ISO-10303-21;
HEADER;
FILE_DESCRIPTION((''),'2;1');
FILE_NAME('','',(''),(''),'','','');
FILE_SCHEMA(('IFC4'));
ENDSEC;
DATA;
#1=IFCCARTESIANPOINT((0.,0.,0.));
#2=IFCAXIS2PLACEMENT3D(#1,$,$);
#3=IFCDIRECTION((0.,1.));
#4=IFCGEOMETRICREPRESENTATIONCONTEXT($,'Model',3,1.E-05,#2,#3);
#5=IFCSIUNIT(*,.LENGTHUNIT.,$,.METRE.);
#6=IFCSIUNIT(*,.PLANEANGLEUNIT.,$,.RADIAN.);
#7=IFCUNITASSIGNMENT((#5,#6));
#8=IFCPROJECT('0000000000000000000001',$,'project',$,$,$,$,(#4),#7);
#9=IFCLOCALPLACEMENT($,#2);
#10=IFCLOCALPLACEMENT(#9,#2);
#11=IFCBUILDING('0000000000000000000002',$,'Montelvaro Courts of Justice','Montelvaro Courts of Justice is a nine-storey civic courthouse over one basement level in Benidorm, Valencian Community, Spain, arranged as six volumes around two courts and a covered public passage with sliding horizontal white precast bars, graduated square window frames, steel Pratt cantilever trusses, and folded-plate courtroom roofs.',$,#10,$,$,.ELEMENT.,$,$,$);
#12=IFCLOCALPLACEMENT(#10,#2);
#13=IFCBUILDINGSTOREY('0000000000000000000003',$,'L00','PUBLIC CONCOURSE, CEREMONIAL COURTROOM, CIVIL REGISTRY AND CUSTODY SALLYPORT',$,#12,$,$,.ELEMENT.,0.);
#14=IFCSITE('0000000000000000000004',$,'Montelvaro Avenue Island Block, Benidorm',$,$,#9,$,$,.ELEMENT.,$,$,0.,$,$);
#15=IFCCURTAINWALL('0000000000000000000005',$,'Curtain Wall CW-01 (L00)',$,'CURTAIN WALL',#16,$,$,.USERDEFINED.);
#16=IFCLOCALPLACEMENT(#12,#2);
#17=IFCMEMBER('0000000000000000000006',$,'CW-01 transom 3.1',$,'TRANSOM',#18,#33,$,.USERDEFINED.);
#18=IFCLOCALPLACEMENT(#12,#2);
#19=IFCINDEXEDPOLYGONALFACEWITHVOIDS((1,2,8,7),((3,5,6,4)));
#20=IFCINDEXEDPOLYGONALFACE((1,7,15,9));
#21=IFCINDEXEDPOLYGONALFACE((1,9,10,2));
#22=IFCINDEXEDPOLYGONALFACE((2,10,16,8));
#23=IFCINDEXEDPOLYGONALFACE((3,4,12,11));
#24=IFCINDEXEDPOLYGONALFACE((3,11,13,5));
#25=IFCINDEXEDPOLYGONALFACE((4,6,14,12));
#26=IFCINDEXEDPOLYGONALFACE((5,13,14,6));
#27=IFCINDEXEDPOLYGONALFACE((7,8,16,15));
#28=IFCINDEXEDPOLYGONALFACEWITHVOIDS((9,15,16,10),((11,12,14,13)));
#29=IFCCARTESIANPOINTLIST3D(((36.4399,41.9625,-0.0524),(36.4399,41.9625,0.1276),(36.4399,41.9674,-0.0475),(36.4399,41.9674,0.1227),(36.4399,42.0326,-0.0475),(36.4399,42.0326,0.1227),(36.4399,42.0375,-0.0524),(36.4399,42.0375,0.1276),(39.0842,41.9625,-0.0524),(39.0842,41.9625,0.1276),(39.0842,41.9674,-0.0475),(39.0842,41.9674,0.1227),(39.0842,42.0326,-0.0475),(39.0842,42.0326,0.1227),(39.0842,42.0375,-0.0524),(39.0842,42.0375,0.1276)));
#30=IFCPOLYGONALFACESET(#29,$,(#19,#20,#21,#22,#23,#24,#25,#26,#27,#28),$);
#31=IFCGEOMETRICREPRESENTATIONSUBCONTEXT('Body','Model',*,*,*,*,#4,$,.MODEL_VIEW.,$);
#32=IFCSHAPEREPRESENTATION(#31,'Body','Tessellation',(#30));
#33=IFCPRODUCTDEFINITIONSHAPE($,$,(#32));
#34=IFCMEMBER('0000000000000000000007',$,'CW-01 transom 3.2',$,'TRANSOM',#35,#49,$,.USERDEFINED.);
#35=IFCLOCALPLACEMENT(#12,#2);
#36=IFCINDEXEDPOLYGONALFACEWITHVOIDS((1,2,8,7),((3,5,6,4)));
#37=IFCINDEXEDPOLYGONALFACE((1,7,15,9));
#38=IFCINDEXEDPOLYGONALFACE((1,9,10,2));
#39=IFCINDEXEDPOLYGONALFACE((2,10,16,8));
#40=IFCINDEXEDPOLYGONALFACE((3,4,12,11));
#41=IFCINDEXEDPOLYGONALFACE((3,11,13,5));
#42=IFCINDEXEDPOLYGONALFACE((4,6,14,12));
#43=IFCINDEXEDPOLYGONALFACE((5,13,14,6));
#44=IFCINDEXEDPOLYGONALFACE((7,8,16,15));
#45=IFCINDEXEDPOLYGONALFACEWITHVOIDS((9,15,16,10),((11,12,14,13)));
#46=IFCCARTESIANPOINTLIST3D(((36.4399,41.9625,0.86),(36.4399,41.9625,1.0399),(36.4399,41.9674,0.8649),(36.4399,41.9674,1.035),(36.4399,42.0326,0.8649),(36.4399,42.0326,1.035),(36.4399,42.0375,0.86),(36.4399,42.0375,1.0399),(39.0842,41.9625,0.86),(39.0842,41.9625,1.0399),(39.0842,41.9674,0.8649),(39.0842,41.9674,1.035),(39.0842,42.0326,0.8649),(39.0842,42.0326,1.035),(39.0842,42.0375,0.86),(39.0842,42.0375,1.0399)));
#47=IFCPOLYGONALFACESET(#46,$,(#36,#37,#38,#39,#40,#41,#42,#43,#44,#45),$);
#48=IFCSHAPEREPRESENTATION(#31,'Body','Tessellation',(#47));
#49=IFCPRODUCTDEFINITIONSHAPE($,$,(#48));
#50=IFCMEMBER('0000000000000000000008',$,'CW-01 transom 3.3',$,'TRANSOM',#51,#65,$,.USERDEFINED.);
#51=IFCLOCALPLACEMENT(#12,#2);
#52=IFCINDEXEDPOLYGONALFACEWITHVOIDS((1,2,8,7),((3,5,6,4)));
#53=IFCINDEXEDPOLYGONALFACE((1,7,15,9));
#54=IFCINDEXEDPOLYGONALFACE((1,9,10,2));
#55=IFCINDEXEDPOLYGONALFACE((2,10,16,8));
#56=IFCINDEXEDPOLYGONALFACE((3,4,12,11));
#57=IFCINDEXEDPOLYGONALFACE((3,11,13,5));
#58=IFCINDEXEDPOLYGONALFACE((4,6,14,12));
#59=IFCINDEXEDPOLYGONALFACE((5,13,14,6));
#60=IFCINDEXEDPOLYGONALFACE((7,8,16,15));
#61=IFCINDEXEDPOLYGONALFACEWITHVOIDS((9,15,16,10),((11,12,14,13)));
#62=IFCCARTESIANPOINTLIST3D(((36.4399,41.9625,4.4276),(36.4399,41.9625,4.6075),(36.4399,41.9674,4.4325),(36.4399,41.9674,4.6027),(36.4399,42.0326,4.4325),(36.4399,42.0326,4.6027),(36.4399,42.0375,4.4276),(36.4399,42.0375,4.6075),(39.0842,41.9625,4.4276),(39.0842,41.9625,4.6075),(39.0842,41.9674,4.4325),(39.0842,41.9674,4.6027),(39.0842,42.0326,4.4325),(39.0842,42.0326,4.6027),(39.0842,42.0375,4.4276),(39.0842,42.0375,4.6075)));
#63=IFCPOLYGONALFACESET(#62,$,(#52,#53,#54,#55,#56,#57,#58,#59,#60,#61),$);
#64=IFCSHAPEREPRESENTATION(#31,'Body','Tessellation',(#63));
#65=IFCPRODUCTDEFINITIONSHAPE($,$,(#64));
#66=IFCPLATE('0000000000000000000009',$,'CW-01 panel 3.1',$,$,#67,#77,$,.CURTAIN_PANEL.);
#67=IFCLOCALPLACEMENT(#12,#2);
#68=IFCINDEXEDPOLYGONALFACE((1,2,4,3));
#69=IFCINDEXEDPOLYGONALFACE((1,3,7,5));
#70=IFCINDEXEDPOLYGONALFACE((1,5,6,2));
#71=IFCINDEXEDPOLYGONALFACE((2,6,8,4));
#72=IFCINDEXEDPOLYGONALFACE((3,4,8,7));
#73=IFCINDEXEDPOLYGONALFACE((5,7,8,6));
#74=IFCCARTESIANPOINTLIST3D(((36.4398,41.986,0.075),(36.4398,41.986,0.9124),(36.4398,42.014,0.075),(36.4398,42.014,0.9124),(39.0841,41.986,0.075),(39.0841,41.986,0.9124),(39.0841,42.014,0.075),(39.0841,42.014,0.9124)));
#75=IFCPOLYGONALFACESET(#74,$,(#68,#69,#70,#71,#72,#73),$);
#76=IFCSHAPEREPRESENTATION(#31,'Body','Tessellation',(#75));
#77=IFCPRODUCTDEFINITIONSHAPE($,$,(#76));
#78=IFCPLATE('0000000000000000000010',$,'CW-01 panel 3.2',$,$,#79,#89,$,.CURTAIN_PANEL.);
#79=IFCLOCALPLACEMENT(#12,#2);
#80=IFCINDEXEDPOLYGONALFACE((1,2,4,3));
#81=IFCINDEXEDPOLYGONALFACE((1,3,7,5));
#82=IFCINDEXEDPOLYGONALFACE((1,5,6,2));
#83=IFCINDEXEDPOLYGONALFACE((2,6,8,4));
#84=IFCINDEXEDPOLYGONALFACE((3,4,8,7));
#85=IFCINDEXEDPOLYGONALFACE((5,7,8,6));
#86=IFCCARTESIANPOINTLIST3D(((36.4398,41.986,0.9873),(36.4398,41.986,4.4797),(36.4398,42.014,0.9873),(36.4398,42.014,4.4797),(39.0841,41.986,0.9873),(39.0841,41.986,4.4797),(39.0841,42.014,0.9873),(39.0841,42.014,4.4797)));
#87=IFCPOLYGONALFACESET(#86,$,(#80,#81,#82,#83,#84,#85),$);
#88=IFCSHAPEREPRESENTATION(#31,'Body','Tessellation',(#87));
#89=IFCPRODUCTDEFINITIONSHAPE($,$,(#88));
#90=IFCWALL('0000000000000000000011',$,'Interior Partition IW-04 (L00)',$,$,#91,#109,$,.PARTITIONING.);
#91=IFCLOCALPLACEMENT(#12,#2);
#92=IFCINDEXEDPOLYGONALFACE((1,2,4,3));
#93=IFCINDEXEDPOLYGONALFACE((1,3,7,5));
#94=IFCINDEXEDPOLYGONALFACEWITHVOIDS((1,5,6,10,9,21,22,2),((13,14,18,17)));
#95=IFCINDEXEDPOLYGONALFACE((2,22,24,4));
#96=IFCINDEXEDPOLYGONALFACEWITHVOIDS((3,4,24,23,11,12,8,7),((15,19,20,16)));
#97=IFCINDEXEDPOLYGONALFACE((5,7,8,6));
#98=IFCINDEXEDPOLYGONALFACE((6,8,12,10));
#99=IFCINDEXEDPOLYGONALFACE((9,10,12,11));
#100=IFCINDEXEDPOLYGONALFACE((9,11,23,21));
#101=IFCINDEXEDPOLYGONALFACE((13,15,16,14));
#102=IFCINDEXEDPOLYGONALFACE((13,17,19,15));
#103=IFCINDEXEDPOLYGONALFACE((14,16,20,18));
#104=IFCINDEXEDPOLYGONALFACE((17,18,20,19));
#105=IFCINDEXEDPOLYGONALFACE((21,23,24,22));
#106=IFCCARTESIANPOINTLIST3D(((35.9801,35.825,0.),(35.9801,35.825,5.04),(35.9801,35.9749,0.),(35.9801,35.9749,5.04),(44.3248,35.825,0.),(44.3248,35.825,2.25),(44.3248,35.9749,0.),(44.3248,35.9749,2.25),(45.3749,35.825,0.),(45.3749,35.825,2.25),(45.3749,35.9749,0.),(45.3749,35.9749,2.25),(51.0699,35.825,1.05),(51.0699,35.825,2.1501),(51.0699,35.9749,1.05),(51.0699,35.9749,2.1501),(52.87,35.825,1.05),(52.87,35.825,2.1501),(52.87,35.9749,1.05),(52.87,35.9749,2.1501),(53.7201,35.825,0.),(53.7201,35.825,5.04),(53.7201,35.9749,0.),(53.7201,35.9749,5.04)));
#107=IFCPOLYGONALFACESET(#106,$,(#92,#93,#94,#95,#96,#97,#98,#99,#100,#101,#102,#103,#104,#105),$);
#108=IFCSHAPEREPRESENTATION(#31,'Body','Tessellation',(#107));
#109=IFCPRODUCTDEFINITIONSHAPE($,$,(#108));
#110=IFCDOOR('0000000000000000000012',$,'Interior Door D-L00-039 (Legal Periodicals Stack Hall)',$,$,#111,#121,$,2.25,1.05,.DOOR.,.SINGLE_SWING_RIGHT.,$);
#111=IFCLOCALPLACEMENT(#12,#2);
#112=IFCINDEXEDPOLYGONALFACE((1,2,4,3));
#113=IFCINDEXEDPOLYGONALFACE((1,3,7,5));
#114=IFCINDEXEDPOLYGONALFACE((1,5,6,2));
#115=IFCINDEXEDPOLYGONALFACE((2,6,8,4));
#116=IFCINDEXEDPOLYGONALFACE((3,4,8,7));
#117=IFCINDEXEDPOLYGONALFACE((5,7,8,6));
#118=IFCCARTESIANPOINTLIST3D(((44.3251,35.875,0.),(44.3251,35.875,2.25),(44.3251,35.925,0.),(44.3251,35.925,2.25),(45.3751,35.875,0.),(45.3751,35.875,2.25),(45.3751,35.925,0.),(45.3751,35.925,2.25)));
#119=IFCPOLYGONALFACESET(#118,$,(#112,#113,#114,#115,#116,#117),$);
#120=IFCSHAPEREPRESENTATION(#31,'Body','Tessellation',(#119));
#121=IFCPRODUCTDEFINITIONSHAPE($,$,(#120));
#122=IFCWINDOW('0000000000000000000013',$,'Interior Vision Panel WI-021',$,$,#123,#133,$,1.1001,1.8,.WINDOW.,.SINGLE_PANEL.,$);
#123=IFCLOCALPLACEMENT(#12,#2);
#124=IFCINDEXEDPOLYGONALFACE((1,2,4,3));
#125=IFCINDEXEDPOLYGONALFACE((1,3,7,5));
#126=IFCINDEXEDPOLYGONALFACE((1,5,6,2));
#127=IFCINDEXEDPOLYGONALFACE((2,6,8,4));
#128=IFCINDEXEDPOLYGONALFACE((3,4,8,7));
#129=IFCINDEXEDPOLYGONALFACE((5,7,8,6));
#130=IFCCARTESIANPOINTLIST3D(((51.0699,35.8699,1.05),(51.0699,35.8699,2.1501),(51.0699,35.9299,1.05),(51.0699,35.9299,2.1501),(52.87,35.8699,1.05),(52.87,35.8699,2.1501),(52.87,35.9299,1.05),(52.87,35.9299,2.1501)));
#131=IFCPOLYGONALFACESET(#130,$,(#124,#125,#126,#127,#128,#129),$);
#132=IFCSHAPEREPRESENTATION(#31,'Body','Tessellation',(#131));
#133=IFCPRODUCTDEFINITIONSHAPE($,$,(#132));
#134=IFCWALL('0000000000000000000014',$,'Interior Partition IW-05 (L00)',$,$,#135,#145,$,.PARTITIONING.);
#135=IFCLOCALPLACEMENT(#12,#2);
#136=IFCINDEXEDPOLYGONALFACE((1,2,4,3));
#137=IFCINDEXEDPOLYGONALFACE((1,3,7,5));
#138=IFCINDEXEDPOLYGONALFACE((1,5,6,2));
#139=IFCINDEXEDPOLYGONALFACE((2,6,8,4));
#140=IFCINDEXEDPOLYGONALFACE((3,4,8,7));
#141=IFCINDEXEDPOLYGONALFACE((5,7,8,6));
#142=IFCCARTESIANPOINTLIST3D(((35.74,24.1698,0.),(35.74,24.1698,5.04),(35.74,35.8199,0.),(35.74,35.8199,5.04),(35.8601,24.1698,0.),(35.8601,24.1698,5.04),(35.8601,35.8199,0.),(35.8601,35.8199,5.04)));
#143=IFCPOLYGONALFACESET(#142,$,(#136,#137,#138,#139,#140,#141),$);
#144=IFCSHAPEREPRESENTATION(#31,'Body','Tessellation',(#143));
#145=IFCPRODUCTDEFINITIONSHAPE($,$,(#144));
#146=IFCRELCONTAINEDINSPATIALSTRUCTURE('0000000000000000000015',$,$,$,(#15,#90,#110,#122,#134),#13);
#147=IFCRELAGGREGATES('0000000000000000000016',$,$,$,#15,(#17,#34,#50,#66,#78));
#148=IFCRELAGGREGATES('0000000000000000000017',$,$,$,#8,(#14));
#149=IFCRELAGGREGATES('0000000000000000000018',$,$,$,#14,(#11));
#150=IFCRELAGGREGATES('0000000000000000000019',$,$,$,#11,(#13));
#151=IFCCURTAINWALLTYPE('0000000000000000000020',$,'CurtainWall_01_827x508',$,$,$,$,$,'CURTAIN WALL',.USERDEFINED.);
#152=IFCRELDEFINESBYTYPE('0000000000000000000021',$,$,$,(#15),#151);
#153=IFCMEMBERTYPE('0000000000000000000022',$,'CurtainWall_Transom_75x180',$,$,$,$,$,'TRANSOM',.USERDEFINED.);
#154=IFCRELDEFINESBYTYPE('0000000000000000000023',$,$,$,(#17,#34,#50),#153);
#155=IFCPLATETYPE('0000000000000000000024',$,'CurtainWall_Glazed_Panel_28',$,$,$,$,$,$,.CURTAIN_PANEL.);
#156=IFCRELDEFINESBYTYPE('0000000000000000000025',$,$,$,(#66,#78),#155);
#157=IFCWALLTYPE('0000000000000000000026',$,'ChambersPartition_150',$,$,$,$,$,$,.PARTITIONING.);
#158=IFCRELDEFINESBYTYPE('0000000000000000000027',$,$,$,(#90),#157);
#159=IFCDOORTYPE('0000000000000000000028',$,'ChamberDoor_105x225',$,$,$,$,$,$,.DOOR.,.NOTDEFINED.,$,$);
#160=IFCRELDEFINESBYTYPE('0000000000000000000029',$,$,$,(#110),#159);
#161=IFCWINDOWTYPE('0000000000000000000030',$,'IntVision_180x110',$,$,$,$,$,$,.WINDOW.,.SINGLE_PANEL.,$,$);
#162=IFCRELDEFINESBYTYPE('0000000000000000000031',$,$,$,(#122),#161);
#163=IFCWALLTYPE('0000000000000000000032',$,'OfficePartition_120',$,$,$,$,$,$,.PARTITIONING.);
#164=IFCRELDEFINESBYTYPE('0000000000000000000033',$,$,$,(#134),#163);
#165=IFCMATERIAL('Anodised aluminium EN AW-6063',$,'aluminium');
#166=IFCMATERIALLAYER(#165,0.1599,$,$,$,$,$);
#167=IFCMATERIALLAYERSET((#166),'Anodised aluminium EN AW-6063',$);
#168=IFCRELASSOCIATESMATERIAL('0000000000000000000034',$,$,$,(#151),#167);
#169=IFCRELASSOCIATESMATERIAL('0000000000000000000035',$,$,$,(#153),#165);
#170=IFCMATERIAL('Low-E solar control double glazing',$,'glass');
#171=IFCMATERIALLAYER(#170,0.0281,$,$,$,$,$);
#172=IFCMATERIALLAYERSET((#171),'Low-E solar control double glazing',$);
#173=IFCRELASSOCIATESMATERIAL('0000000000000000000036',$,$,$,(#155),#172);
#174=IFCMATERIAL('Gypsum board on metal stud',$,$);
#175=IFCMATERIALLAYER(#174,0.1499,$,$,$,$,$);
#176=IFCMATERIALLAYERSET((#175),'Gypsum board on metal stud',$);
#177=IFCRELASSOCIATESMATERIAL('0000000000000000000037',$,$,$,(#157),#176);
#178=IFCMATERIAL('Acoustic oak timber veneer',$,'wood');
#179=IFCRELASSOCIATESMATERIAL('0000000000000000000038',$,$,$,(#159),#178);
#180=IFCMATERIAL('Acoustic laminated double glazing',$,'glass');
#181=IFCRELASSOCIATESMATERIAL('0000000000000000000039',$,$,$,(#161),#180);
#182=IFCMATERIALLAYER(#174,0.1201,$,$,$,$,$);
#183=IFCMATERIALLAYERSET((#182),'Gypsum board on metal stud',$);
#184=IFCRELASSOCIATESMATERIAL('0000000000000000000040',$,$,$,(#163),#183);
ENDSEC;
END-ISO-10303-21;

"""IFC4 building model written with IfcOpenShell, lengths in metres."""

from ifc_helpers import new_model, si_unit, direction, frame, frame_2d, origin, origin_2d, place, context, subcontext, project, spatial, rectangle, hollow_rectangle, extrude, material, layer, layer_set, material_profile, profile_set, type_object, element, fill, aggregate, save


model = new_model("IFC4")

# Units and contexts
model_context = context("Model", 3, precision=1e-05, world=origin(), true_north=direction((0.0, 1.0)))
body_context = subcontext(model_context, "Body", "Model", "MODEL_VIEW")
ifc_project = project(units=[si_unit("LENGTHUNIT", "METRE"), si_unit("PLANEANGLEUNIT", "RADIAN")], contexts=[model_context])

# Site, building, storey
site_placement = place(None, origin())
site = spatial("IfcSite", under=ifc_project, at=site_placement, Name="Montelvaro Avenue Island Block, Benidorm", CompositionType="ELEMENT", RefElevation=0.0)
building_placement = place(site_placement, origin())
building = spatial("IfcBuilding", under=site, at=building_placement, Name="Montelvaro Courts of Justice", Description="Montelvaro Courts of Justice is a nine-storey civic courthouse over one basement level in Benidorm, Valencian Community, Spain, arranged as six volumes around two courts and a covered public passage with sliding horizontal white precast bars, graduated square window frames, steel Pratt cantilever trusses, and folded-plate courtroom roofs.", CompositionType="ELEMENT")
storey_placement = place(building_placement, origin())
storey = spatial("IfcBuildingStorey", under=building, at=storey_placement, Name="L00", Description="PUBLIC CONCOURSE, CEREMONIAL COURTROOM, CIVIL REGISTRY AND CUSTODY SALLYPORT", CompositionType="ELEMENT", Elevation=0.0)

# Curtain wall, members, plates
ifc_material_1 = material(Name="Anodised aluminium EN AW-6063", Category="aluminium")
ifc_layer_1 = layer(ifc_material_1, 0.1599)
ifc_layer_set_1 = layer_set([ifc_layer_1], Name="Anodised aluminium EN AW-6063")
curtain_wall_type = type_object("IfcCurtainWallType", Name="CurtainWall_01_827x508", ElementType="CURTAIN WALL", PredefinedType="USERDEFINED", material=ifc_layer_set_1)
curtain_wall_placement = place(storey_placement, origin())
curtain_wall = element("IfcCurtainWall", 1, at=curtain_wall_placement, inside=storey, type_object=curtain_wall_type, Name="Curtain Wall CW-01 (L00)", ObjectType="CURTAIN WALL", PredefinedType="USERDEFINED")
ifc_material_profile_1 = material_profile(ifc_material_1, hollow_rectangle(XDim=0.075, YDim=0.1799, WallThickness=0.0049, at=origin_2d()), Name="ALU-T 75x180")
ifc_profile_set_1 = profile_set([ifc_material_profile_1], Name="Anodised aluminium EN AW-6063")
member_type_1 = type_object("IfcMemberType", Name="CurtainWall_Transom_75x180", ElementType="TRANSOM", PredefinedType="USERDEFINED", material=ifc_profile_set_1)
member_1_placement = place(storey_placement, frame((39.0842, 42.0, 0.0376), z_axis=(-1.0, 0.0, 0.0), x_axis=(0.0, -1.0, 0.0)))
member_1 = element("IfcMember", 2, at=member_1_placement, type_object=member_type_1, Name="CW-01 transom 3.1", ObjectType="TRANSOM", PredefinedType="USERDEFINED", context=body_context, shape_type="SweptSolid", body=[
    extrude(hollow_rectangle(XDim=0.075, YDim=0.1799, WallThickness=0.0049, at=origin_2d()), origin(), (0.0, 0.0, 1.0), 2.6443),
])
member_2_placement = place(storey_placement, frame((39.0842, 42.0, 0.95), z_axis=(-1.0, 0.0, 0.0), x_axis=(0.0, -1.0, 0.0)))
member_2 = element("IfcMember", 3, at=member_2_placement, type_object=member_type_1, Name="CW-01 transom 3.2", ObjectType="TRANSOM", PredefinedType="USERDEFINED", context=body_context, shape_type="SweptSolid", body=[
    extrude(hollow_rectangle(XDim=0.075, YDim=0.1799, WallThickness=0.0049, at=origin_2d()), origin(), (0.0, 0.0, 1.0), 2.6443),
])
member_3_placement = place(storey_placement, frame((39.0842, 42.0, 4.5176), z_axis=(-1.0, 0.0, 0.0), x_axis=(0.0, -1.0, 0.0)))
member_3 = element("IfcMember", 4, at=member_3_placement, type_object=member_type_1, Name="CW-01 transom 3.3", ObjectType="TRANSOM", PredefinedType="USERDEFINED", context=body_context, shape_type="SweptSolid", body=[
    extrude(hollow_rectangle(XDim=0.075, YDim=0.1799, WallThickness=0.0049, at=origin_2d()), origin(), (0.0, 0.0, 1.0), 2.6443),
])
ifc_material_2 = material(Name="Low-E solar control double glazing", Category="glass")
ifc_layer_2 = layer(ifc_material_2, 0.0281)
ifc_layer_set_2 = layer_set([ifc_layer_2], Name="Low-E solar control double glazing")
plate_type = type_object("IfcPlateType", Name="CurtainWall_Glazed_Panel_28", PredefinedType="CURTAIN_PANEL", material=ifc_layer_set_2)
plate_1_placement = place(storey_placement, frame((37.762, 42.0, 0.075), z_axis=(0.0, 0.0, 1.0), x_axis=(-1.0, 0.0, 0.0)))
plate_1 = element("IfcPlate", 5, at=plate_1_placement, type_object=plate_type, Name="CW-01 panel 3.1", PredefinedType="CURTAIN_PANEL", context=body_context, shape_type="SweptSolid", body=[
    extrude(rectangle(XDim=2.6443, YDim=0.0281, at=origin_2d()), origin(), (0.0, 0.0, 1.0), 0.8374),
])
plate_2_placement = place(storey_placement, frame((37.762, 42.0, 0.9873), z_axis=(0.0, 0.0, 1.0), x_axis=(-1.0, 0.0, 0.0)))
plate_2 = element("IfcPlate", 6, at=plate_2_placement, type_object=plate_type, Name="CW-01 panel 3.2", PredefinedType="CURTAIN_PANEL", context=body_context, shape_type="SweptSolid", body=[
    extrude(rectangle(XDim=2.6443, YDim=0.0281, at=origin_2d()), origin(), (0.0, 0.0, 1.0), 3.4924),
])
aggregate(curtain_wall, [member_1, member_2, member_3, plate_1, plate_2])

# Wall, openings, door, window
ifc_material_3 = material(Name="Gypsum board on metal stud")
ifc_layer_3 = layer(ifc_material_3, 0.1499)
ifc_layer_set_3 = layer_set([ifc_layer_3], Name="Gypsum board on metal stud")
wall_type_1 = type_object("IfcWallType", Name="ChambersPartition_150", PredefinedType="PARTITIONING", material=ifc_layer_set_3)
wall_1_placement = place(storey_placement, frame((35.98, 35.8999, 0.0), z_axis=(0.0, 0.0, 1.0), x_axis=(1.0, 0.0, 0.0)))
wall_1 = element("IfcWall", 7, at=wall_1_placement, inside=storey, type_object=wall_type_1, Name="Interior Partition IW-04 (L00)", PredefinedType="PARTITIONING", context=body_context, shape_type="SweptSolid", body=[
    extrude(rectangle(XDim=17.74, YDim=0.1499, at=frame_2d((8.8701, 0.0))), origin(), (0.0, 0.0, 1.0), 5.04),
])
opening_1_placement = place(wall_1_placement, frame((8.345, 0.0, 0.0)))
opening_1 = element("IfcOpeningElement", 8, at=opening_1_placement, cuts=wall_1, PredefinedType="OPENING", context=body_context, shape_type="SweptSolid", body=[
    extrude(rectangle(XDim=1.05, YDim=2.25, at=frame_2d((0.5249, 1.125))), frame((0.0, 0.0898, 0.0), z_axis=(0.0, -1.0, 0.0), x_axis=(1.0, 0.0, 0.0)), (0.0, 0.0, 1.0), 0.1797),
])
opening_2_placement = place(wall_1_placement, frame((15.0901, 0.0, 1.05)))
opening_2 = element("IfcOpeningElement", 9, at=opening_2_placement, cuts=wall_1, PredefinedType="OPENING", context=body_context, shape_type="SweptSolid", body=[
    extrude(rectangle(XDim=1.8, YDim=1.1001, at=frame_2d((0.8999, 0.55))), frame((0.0, 0.0898, 0.0), z_axis=(0.0, -1.0, 0.0), x_axis=(1.0, 0.0, 0.0)), (0.0, 0.0, 1.0), 0.1797),
])
ifc_material_4 = material(Name="Acoustic oak timber veneer", Category="wood")
door_type_1 = type_object("IfcDoorType", Name="ChamberDoor_105x225", OperationType="NOTDEFINED", PredefinedType="DOOR", material=ifc_material_4)
door_1_placement = place(opening_1_placement, frame((1.05, 0.0, 0.0), z_axis=(0.0, 0.0, 1.0), x_axis=(-1.0, 0.0, 0.0)))
door_1 = element("IfcDoor", 10, at=door_1_placement, inside=storey, type_object=door_type_1, Name="Interior Door D-L00-039 (Legal Periodicals Stack Hall)", OperationType="SINGLE_SWING_RIGHT", OverallHeight=2.25, OverallWidth=1.05, PredefinedType="DOOR", context=body_context, shape_type="SweptSolid", body=[
    extrude(rectangle(XDim=1.05, YDim=2.25, at=frame_2d((0.5249, 1.125))), frame((0.0, 0.0249, 0.0), z_axis=(0.0, -1.0, 0.0), x_axis=(1.0, 0.0, 0.0)), (0.0, 0.0, 1.0), 0.05),
])
fill(opening_1, door_1)
ifc_material_5 = material(Name="Acoustic laminated double glazing", Category="glass")
window_type_1 = type_object("IfcWindowType", Name="IntVision_180x110", PartitioningType="SINGLE_PANEL", PredefinedType="WINDOW", material=ifc_material_5)
window_1_placement = place(opening_2_placement, origin())
window_1 = element("IfcWindow", 11, at=window_1_placement, inside=storey, type_object=window_type_1, Name="Interior Vision Panel WI-021", OverallHeight=1.1001, OverallWidth=1.8, PartitioningType="SINGLE_PANEL", PredefinedType="WINDOW", context=body_context, shape_type="SweptSolid", body=[
    extrude(rectangle(XDim=1.8, YDim=1.1001, at=frame_2d((0.8999, 0.55))), frame((0.0, 0.03, 0.0), z_axis=(0.0, -1.0, 0.0), x_axis=(1.0, 0.0, 0.0)), (0.0, 0.0, 1.0), 0.0601),
])
fill(opening_2, window_1)

# Wall
ifc_layer_4 = layer(ifc_material_3, 0.1201)
ifc_layer_set_4 = layer_set([ifc_layer_4], Name="Gypsum board on metal stud")
wall_type_2 = type_object("IfcWallType", Name="OfficePartition_120", PredefinedType="PARTITIONING", material=ifc_layer_set_4)
wall_2_placement = place(storey_placement, frame((35.8, 35.8201, 0.0), z_axis=(0.0, 0.0, 1.0), x_axis=(0.0, -1.0, 0.0)))
element("IfcWall", 12, at=wall_2_placement, inside=storey, type_object=wall_type_2, Name="Interior Partition IW-05 (L00)", PredefinedType="PARTITIONING", context=body_context, shape_type="SweptSolid", body=[
    extrude(rectangle(XDim=11.6501, YDim=0.1201, at=frame_2d((5.8252, 0.0))), origin(), (0.0, 0.0, 1.0), 5.04),
])

save(model, "model.ifc")
